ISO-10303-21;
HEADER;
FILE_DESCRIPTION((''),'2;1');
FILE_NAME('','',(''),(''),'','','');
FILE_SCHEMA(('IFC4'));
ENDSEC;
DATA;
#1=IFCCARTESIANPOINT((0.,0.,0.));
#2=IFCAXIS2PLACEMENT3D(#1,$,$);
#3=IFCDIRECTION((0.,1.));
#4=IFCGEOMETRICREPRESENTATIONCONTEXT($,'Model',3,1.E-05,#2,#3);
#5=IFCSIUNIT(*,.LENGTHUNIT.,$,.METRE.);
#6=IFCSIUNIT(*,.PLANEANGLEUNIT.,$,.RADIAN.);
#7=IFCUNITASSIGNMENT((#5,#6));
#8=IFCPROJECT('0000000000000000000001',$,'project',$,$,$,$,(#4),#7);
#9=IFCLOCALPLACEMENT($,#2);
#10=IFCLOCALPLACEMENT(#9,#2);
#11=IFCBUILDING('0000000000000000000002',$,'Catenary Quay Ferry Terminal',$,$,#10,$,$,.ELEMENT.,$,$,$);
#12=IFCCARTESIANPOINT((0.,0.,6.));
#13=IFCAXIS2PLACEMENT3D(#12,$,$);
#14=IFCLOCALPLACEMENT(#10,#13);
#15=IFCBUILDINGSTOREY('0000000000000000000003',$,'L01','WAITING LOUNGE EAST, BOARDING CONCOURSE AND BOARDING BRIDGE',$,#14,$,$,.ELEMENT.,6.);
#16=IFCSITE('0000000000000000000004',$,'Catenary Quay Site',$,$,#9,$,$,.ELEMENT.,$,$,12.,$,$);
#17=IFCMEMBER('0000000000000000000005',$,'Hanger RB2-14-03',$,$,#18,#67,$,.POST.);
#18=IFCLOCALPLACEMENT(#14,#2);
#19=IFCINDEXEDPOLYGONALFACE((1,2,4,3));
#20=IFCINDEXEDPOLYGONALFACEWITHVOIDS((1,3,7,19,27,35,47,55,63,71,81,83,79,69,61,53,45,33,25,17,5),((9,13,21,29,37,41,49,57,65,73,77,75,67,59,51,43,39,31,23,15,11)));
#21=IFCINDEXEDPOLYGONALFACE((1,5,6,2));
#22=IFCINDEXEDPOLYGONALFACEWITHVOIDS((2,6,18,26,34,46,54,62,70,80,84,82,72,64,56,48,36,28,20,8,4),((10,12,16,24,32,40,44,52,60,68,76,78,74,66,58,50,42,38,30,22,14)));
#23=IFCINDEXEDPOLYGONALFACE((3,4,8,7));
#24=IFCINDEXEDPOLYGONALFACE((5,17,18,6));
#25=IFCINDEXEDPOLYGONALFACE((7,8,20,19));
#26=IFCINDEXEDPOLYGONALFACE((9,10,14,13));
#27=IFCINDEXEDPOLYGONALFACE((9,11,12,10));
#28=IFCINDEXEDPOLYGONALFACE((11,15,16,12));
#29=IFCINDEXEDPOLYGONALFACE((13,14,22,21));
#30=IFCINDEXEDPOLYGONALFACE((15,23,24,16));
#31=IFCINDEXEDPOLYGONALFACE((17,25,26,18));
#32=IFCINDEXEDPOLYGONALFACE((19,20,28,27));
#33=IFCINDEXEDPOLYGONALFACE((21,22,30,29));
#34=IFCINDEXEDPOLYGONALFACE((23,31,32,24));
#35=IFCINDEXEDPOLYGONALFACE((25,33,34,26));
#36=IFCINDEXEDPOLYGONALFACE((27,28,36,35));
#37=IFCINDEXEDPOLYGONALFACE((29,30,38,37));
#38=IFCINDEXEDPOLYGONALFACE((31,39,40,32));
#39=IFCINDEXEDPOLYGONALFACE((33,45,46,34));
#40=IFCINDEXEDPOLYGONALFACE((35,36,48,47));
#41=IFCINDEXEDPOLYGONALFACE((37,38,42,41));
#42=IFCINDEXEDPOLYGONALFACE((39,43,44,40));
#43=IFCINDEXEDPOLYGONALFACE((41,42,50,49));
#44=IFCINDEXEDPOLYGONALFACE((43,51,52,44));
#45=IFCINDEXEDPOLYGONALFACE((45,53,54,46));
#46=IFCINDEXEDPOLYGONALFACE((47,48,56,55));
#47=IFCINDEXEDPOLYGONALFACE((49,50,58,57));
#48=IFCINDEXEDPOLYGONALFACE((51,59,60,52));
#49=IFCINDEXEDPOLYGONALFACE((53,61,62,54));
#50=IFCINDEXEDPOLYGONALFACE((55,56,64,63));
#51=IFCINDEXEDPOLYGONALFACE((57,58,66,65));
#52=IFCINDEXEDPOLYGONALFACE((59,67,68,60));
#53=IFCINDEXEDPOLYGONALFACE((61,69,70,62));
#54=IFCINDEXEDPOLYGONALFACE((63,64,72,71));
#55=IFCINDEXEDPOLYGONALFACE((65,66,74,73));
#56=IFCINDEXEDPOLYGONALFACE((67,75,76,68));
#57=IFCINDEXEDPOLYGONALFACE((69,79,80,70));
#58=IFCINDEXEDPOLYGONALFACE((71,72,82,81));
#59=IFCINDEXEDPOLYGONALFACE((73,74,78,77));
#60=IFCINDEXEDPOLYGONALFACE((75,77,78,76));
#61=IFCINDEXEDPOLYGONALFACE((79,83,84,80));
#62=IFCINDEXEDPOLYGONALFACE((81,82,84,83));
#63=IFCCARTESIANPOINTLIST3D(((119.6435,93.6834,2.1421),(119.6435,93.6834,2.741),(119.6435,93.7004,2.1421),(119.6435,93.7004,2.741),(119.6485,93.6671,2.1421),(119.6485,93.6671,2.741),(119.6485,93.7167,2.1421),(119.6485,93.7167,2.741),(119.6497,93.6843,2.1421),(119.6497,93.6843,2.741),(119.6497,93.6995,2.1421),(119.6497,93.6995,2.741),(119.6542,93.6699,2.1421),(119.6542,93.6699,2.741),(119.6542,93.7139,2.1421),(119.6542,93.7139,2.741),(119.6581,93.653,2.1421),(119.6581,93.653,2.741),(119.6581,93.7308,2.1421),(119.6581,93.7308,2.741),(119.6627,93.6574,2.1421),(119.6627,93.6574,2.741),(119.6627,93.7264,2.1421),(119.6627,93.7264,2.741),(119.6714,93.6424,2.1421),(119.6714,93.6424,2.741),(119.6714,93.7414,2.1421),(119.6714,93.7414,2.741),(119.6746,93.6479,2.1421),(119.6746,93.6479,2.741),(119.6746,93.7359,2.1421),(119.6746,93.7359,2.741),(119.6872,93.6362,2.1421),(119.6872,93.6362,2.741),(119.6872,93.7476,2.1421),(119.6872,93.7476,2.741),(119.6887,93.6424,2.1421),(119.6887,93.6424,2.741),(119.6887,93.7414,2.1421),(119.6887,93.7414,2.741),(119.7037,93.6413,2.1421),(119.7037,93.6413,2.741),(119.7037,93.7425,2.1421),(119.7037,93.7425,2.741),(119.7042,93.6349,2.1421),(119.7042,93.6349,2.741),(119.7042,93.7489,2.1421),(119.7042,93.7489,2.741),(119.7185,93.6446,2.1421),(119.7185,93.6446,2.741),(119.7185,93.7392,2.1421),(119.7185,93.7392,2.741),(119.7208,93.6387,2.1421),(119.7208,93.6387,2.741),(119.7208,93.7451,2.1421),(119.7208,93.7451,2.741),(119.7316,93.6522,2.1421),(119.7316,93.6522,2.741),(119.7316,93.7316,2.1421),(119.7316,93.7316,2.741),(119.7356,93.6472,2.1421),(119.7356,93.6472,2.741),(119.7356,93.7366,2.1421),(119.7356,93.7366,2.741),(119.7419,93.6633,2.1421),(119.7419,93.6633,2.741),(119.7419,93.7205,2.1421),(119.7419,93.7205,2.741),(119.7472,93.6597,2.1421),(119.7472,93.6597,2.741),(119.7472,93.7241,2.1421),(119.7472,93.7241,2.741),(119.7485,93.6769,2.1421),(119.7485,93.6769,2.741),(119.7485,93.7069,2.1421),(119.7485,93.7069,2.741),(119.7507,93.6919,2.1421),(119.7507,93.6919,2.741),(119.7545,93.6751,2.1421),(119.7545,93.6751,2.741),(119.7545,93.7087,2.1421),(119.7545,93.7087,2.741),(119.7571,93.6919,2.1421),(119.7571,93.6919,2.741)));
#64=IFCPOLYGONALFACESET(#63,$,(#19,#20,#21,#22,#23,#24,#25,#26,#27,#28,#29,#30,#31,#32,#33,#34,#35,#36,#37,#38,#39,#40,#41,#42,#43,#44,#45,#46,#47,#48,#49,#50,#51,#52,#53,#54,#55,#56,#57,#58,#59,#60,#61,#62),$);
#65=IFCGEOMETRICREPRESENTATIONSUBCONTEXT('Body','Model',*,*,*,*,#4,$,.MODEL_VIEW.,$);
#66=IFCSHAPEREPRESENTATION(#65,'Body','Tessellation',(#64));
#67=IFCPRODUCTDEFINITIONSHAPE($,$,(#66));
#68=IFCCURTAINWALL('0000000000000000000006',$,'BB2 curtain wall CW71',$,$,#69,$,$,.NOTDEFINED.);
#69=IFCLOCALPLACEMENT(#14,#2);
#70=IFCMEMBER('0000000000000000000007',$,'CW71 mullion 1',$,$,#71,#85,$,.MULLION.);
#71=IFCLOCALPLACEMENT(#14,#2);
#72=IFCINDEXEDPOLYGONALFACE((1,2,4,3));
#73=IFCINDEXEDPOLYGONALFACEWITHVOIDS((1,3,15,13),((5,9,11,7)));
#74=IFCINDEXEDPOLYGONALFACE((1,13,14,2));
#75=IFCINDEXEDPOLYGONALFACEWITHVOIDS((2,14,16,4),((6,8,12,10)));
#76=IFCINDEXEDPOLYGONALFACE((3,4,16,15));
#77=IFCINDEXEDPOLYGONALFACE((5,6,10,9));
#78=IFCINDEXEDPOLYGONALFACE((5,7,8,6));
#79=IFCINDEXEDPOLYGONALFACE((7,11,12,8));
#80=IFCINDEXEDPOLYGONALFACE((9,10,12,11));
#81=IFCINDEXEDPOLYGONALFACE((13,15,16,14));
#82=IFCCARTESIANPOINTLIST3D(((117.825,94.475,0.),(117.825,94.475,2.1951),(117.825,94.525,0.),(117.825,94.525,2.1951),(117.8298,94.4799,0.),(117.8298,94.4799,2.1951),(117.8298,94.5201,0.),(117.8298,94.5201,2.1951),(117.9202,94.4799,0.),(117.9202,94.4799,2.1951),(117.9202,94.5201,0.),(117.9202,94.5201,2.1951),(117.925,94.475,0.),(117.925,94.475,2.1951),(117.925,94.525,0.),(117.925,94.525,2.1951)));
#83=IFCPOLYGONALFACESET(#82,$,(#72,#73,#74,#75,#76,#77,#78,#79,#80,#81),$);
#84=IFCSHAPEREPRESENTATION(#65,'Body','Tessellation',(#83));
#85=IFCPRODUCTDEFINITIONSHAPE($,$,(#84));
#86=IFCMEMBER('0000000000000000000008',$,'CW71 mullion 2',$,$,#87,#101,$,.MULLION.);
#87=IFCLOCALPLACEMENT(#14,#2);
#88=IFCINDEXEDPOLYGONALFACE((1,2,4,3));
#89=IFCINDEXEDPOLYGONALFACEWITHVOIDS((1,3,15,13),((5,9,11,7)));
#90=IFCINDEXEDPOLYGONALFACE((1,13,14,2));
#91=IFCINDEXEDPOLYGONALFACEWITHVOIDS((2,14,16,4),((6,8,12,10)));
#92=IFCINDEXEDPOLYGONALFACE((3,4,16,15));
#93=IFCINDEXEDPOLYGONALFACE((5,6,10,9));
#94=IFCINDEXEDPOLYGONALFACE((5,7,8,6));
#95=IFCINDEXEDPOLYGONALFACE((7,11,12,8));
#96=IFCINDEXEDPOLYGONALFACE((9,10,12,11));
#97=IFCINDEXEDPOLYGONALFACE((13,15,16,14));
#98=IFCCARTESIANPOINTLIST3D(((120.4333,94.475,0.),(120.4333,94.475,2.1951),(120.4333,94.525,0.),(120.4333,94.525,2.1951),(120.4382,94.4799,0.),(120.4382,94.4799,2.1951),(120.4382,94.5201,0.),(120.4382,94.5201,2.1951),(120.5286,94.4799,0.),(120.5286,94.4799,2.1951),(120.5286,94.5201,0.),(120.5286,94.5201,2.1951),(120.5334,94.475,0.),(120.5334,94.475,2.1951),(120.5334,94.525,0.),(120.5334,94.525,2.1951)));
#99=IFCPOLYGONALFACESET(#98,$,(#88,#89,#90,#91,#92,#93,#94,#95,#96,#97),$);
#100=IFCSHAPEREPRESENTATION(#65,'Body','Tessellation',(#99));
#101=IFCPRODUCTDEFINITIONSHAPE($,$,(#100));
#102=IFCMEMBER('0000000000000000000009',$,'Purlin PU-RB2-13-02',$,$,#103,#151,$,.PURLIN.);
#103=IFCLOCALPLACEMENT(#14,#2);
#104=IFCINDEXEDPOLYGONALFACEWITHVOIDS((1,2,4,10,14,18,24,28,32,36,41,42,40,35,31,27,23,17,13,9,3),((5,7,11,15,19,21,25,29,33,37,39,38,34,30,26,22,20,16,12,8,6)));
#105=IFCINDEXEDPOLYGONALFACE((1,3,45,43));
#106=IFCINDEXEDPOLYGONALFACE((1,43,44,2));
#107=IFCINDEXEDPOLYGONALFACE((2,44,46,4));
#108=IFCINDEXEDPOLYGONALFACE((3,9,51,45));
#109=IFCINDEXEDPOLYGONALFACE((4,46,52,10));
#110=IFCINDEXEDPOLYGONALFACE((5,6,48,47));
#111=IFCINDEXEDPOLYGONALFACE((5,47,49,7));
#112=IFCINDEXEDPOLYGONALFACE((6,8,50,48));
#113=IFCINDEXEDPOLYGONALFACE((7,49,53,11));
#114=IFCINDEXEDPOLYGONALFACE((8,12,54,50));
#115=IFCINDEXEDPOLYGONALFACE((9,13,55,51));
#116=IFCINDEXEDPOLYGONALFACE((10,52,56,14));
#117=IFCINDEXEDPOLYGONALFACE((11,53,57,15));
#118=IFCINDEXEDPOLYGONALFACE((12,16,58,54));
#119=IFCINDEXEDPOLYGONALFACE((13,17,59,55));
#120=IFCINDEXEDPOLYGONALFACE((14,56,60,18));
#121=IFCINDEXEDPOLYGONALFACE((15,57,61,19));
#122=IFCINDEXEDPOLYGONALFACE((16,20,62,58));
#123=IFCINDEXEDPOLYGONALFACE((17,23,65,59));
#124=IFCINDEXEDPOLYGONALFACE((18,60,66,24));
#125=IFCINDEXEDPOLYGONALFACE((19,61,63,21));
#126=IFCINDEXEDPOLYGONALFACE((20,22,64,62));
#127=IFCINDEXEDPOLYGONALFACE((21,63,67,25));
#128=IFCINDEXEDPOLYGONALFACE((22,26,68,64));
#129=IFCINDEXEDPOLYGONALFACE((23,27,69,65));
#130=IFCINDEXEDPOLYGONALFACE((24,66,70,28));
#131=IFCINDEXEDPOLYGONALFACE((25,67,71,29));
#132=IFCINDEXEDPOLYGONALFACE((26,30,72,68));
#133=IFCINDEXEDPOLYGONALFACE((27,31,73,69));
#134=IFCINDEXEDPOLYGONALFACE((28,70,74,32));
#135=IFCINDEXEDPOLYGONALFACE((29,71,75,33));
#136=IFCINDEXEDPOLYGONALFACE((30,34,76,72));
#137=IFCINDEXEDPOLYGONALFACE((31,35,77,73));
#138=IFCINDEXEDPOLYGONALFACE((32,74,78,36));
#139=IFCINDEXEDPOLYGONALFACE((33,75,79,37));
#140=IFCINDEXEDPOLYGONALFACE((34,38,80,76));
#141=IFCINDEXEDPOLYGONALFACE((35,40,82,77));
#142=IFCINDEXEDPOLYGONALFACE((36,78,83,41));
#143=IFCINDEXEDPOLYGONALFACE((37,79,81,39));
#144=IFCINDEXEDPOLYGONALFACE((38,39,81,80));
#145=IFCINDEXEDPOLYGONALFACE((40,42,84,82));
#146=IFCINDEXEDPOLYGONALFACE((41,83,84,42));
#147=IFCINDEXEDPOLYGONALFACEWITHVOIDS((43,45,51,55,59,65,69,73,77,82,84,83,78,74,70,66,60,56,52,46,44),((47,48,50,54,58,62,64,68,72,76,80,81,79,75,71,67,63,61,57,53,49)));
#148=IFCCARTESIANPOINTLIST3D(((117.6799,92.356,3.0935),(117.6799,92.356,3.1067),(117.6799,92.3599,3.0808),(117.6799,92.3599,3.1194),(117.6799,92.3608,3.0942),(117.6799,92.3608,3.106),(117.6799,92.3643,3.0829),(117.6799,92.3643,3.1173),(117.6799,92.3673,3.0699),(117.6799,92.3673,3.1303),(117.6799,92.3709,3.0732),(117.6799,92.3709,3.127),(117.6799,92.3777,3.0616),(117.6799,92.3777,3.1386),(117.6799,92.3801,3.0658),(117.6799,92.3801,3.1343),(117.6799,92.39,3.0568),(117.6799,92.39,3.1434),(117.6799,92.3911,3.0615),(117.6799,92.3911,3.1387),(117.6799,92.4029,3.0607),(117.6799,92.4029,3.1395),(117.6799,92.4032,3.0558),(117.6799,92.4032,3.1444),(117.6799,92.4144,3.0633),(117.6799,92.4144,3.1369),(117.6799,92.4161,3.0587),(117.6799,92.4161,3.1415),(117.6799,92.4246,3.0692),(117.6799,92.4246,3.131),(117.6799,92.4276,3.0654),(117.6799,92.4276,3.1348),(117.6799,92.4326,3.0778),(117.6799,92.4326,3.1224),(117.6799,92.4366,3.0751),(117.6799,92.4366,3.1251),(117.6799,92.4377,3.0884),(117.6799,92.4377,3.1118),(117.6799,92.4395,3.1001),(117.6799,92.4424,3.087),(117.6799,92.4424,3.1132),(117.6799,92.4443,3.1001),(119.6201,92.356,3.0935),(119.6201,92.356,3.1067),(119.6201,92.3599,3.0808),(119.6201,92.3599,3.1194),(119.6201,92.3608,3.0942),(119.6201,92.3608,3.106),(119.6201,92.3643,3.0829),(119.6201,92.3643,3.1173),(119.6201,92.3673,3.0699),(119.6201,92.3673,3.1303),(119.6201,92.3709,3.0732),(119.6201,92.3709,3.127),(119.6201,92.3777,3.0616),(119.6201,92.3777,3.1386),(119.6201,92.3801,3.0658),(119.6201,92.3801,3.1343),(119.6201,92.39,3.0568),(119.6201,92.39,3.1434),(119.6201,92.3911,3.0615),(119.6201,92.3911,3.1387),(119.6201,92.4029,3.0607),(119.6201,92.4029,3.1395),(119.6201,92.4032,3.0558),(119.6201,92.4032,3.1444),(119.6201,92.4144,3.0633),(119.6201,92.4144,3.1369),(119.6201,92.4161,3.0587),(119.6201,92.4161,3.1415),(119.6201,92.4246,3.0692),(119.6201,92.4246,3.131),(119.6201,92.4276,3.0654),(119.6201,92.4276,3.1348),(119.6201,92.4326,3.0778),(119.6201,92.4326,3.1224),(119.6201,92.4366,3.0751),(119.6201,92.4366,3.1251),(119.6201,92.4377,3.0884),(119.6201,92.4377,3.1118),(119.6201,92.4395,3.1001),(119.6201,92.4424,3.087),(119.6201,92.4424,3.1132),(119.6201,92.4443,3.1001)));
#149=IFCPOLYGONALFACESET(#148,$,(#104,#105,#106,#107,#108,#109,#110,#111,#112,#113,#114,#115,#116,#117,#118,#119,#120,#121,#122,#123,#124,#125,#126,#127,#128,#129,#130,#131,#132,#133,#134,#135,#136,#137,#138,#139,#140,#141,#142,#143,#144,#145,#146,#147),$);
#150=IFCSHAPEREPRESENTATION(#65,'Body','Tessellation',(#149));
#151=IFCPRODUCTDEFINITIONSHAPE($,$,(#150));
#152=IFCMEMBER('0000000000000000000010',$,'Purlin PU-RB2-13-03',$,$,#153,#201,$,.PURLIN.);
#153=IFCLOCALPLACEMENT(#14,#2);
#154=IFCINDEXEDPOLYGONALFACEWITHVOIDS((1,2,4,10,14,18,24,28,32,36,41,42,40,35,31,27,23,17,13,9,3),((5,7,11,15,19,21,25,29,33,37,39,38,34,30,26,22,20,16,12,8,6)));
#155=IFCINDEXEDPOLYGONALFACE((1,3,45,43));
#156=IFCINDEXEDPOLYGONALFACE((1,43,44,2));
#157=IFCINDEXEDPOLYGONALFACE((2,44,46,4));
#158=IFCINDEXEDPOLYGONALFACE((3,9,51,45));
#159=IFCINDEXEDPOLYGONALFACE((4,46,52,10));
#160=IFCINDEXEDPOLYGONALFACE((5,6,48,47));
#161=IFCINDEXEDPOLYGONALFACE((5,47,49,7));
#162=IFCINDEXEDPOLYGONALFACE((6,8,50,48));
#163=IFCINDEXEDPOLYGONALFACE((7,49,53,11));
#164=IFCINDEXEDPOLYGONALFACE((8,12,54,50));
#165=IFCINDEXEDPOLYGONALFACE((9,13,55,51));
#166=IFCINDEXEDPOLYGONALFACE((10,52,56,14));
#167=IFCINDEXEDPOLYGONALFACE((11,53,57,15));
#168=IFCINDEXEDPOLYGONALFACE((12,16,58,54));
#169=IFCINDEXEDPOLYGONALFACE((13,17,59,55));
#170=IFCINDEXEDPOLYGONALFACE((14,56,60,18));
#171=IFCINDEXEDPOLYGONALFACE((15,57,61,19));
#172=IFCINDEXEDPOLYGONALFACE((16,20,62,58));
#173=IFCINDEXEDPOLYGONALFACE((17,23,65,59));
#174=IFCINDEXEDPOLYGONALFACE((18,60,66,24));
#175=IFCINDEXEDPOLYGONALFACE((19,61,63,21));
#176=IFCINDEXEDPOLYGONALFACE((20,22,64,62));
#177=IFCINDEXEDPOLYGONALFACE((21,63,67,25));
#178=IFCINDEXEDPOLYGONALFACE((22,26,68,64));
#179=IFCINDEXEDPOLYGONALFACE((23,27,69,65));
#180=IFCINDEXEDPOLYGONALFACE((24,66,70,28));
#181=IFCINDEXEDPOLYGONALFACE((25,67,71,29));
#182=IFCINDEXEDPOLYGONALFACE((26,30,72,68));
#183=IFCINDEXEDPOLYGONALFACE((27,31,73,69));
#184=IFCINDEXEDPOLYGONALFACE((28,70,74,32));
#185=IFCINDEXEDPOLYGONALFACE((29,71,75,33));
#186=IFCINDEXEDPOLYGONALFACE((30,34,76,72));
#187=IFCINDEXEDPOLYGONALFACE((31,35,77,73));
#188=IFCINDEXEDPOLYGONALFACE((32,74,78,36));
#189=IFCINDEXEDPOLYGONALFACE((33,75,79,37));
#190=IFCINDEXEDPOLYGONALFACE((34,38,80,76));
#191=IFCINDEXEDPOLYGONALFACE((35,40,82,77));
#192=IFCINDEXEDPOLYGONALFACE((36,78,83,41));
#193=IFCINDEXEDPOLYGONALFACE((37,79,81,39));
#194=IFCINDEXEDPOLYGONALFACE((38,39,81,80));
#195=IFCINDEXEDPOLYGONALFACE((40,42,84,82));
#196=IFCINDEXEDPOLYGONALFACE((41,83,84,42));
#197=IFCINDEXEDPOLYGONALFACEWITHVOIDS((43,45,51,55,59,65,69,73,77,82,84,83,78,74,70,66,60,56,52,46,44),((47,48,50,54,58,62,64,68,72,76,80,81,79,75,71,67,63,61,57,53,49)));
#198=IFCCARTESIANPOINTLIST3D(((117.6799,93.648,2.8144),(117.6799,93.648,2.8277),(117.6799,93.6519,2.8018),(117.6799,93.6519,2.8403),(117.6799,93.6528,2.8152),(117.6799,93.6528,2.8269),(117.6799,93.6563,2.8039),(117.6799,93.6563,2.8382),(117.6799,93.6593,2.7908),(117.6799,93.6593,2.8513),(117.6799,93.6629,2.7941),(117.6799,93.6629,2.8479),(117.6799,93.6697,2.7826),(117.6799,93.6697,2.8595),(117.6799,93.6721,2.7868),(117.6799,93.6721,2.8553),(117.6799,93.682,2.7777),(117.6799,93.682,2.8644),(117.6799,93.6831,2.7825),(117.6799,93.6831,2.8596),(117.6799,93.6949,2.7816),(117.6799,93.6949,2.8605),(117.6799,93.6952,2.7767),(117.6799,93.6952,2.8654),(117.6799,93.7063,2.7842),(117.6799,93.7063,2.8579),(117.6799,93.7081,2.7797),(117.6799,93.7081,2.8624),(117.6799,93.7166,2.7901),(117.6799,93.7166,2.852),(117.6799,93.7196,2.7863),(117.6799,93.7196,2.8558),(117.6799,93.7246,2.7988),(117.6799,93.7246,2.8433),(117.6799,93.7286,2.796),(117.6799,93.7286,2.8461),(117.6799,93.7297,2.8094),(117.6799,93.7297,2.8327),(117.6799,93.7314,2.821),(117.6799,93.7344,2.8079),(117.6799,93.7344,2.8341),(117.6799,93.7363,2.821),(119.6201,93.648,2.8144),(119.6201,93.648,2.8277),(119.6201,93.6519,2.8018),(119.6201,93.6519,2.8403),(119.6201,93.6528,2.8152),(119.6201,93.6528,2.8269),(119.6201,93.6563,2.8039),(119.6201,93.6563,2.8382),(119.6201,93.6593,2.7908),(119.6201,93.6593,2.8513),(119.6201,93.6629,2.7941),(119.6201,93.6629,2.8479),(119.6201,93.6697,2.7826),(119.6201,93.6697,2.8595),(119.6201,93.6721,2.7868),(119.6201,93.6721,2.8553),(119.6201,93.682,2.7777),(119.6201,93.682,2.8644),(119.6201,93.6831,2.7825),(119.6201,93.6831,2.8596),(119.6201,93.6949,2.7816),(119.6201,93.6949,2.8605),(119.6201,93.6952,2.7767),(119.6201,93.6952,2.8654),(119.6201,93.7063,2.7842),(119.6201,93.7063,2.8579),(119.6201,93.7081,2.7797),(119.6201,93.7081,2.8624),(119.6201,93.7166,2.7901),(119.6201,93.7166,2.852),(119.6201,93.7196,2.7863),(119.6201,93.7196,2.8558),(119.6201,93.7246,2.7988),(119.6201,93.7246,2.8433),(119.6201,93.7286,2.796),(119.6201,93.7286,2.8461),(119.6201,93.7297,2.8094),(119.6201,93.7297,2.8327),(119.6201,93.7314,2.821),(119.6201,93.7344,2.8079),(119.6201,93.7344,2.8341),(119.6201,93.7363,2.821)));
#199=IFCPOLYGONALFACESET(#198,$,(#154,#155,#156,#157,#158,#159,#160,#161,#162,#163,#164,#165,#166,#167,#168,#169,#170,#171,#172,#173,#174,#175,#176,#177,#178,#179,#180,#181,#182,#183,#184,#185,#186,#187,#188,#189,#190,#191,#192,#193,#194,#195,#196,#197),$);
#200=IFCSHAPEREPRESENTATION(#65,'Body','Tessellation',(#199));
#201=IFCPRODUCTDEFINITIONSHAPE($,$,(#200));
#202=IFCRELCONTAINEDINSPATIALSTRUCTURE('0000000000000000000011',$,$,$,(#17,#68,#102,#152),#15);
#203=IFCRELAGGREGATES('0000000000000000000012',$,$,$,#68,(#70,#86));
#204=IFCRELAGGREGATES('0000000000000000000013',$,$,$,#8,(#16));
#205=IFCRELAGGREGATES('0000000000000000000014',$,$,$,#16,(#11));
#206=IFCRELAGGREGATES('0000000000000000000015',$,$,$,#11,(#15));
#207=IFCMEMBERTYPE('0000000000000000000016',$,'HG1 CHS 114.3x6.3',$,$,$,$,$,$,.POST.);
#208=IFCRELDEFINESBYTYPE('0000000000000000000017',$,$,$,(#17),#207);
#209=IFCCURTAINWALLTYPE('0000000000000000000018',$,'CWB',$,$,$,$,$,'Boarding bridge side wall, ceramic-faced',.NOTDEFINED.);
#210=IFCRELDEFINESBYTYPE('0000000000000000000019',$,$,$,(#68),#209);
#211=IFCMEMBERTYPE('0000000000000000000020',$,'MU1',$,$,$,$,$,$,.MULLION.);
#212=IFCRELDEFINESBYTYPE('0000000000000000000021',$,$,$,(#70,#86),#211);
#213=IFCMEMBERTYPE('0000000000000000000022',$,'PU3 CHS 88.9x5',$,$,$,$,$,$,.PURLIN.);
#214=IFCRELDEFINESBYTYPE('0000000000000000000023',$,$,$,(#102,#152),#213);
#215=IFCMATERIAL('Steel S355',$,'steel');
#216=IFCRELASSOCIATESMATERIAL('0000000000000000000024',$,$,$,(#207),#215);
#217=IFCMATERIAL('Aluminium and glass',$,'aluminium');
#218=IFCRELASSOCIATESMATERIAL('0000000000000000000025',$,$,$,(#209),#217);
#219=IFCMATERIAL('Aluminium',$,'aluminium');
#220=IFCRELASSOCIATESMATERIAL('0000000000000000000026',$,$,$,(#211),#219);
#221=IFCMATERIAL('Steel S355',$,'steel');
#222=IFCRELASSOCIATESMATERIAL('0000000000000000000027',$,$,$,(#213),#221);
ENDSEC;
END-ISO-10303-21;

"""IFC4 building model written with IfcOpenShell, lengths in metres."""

from ifc_helpers import new_model, si_unit, direction, frame, origin, origin_2d, place, context, subcontext, project, spatial, hollow_rectangle, hollow_circle, extrude, material, material_profile, profile_set, type_object, element, aggregate, save


model = new_model("IFC4")

# Units and contexts
model_context = context("Model", 3, precision=1e-05, world=origin(), true_north=direction((0.0, 1.0)))
body_context = subcontext(model_context, "Body", "Model", "MODEL_VIEW")
ifc_project = project(units=[si_unit("LENGTHUNIT", "METRE"), si_unit("PLANEANGLEUNIT", "RADIAN")], contexts=[model_context])

# Site, building, storey
site_placement = place(None, origin())
site = spatial("IfcSite", under=ifc_project, at=site_placement, Name="Catenary Quay Site", CompositionType="ELEMENT", RefElevation=12.0)
building_placement = place(site_placement, origin())
building = spatial("IfcBuilding", under=site, at=building_placement, Name="Catenary Quay Ferry Terminal", CompositionType="ELEMENT")
storey_placement = place(building_placement, frame((0.0, 0.0, 6.0)))
storey = spatial("IfcBuildingStorey", under=building, at=storey_placement, Name="L01", Description="WAITING LOUNGE EAST, BOARDING CONCOURSE AND BOARDING BRIDGE", CompositionType="ELEMENT", Elevation=6.0)

# Member
ifc_material_1 = material(Name="Steel S355", Category="steel")
ifc_material_profile_1 = material_profile(ifc_material_1, hollow_circle(Radius=0.0571, WallThickness=0.0063, at=origin_2d()), Name="CHS 114.3x6.3")
ifc_profile_set_1 = profile_set([ifc_material_profile_1], Name="Steel S355")
member_type_1 = type_object("IfcMemberType", Name="HG1 CHS 114.3x6.3", PredefinedType="POST", material=ifc_profile_set_1)
member_1_placement = place(storey_placement, frame((119.7, 93.6919, 2.1421), z_axis=(0.0, 0.0, 1.0), x_axis=(1.0, 0.0, 0.0)))
element("IfcMember", 1, at=member_1_placement, inside=storey, type_object=member_type_1, Name="Hanger RB2-14-03", PredefinedType="POST", context=body_context, shape_type="SweptSolid", body=[
    extrude(hollow_circle(Radius=0.0571, WallThickness=0.0063, at=origin_2d()), origin(), (0.0, 0.0, 1.0), 0.5989),
])

# Curtain wall, members
ifc_material_2 = material(Name="Aluminium and glass", Category="aluminium")
curtain_wall_type = type_object("IfcCurtainWallType", Name="CWB", ElementType="Boarding bridge side wall, ceramic-faced", PredefinedType="NOTDEFINED", material=ifc_material_2)
curtain_wall_placement = place(storey_placement, origin())
curtain_wall = element("IfcCurtainWall", 2, at=curtain_wall_placement, inside=storey, type_object=curtain_wall_type, Name="BB2 curtain wall CW71", PredefinedType="NOTDEFINED")
ifc_material_3 = material(Name="Aluminium", Category="aluminium")
ifc_material_profile_2 = material_profile(ifc_material_3, hollow_rectangle(XDim=0.05, YDim=0.1001, WallThickness=0.0049, at=origin_2d()), Name="MU1")
ifc_profile_set_2 = profile_set([ifc_material_profile_2], Name="Aluminium")
member_type_2 = type_object("IfcMemberType", Name="MU1", PredefinedType="MULLION", material=ifc_profile_set_2)
member_2_placement = place(storey_placement, frame((117.875, 94.5, 0.0), z_axis=(0.0, 0.0, 1.0), x_axis=(0.0, 1.0, 0.0)))
member_2 = element("IfcMember", 3, at=member_2_placement, type_object=member_type_2, Name="CW71 mullion 1", PredefinedType="MULLION", context=body_context, shape_type="SweptSolid", body=[
    extrude(hollow_rectangle(XDim=0.05, YDim=0.1001, WallThickness=0.0049, at=origin_2d()), origin(), (0.0, 0.0, 1.0), 2.1951),
])
member_3_placement = place(storey_placement, frame((120.4834, 94.5, 0.0), z_axis=(0.0, 0.0, 1.0), x_axis=(0.0, 1.0, 0.0)))
member_3 = element("IfcMember", 4, at=member_3_placement, type_object=member_type_2, Name="CW71 mullion 2", PredefinedType="MULLION", context=body_context, shape_type="SweptSolid", body=[
    extrude(hollow_rectangle(XDim=0.05, YDim=0.1001, WallThickness=0.0049, at=origin_2d()), origin(), (0.0, 0.0, 1.0), 2.1951),
])

# Members
ifc_material_4 = material(Name="Steel S355", Category="steel")
ifc_material_profile_3 = material_profile(ifc_material_4, hollow_circle(Radius=0.0444, WallThickness=0.0049, at=origin_2d()), Name="CHS 88.9x5")
ifc_profile_set_3 = profile_set([ifc_material_profile_3], Name="Steel S355")
member_type_3 = type_object("IfcMemberType", Name="PU3 CHS 88.9x5", PredefinedType="PURLIN", material=ifc_profile_set_3)
for number, where, z_axis, x_axis, name in (
    (5, (117.6799, 92.3999, 3.1001), (1.0, 0.0, 0.0), (0.0, 1.0, 0.0), "Purlin PU-RB2-13-02"),
    (6, (117.6799, 93.6919, 2.821), (1.0, 0.0, 0.0), (0.0, 1.0, 0.0), "Purlin PU-RB2-13-03"),
):
    element("IfcMember", number, at=place(storey_placement, frame(where, z_axis=z_axis, x_axis=x_axis)), inside=storey, type_object=member_type_3, Name=name, PredefinedType="PURLIN", context=body_context, shape_type="SweptSolid", body=[
        extrude(hollow_circle(Radius=0.0444, WallThickness=0.0049, at=origin_2d()), origin(), (0.0, 0.0, 1.0), 1.9402),
    ])

aggregate(curtain_wall, [member_2, member_3])

save(model, "model.ifc")
